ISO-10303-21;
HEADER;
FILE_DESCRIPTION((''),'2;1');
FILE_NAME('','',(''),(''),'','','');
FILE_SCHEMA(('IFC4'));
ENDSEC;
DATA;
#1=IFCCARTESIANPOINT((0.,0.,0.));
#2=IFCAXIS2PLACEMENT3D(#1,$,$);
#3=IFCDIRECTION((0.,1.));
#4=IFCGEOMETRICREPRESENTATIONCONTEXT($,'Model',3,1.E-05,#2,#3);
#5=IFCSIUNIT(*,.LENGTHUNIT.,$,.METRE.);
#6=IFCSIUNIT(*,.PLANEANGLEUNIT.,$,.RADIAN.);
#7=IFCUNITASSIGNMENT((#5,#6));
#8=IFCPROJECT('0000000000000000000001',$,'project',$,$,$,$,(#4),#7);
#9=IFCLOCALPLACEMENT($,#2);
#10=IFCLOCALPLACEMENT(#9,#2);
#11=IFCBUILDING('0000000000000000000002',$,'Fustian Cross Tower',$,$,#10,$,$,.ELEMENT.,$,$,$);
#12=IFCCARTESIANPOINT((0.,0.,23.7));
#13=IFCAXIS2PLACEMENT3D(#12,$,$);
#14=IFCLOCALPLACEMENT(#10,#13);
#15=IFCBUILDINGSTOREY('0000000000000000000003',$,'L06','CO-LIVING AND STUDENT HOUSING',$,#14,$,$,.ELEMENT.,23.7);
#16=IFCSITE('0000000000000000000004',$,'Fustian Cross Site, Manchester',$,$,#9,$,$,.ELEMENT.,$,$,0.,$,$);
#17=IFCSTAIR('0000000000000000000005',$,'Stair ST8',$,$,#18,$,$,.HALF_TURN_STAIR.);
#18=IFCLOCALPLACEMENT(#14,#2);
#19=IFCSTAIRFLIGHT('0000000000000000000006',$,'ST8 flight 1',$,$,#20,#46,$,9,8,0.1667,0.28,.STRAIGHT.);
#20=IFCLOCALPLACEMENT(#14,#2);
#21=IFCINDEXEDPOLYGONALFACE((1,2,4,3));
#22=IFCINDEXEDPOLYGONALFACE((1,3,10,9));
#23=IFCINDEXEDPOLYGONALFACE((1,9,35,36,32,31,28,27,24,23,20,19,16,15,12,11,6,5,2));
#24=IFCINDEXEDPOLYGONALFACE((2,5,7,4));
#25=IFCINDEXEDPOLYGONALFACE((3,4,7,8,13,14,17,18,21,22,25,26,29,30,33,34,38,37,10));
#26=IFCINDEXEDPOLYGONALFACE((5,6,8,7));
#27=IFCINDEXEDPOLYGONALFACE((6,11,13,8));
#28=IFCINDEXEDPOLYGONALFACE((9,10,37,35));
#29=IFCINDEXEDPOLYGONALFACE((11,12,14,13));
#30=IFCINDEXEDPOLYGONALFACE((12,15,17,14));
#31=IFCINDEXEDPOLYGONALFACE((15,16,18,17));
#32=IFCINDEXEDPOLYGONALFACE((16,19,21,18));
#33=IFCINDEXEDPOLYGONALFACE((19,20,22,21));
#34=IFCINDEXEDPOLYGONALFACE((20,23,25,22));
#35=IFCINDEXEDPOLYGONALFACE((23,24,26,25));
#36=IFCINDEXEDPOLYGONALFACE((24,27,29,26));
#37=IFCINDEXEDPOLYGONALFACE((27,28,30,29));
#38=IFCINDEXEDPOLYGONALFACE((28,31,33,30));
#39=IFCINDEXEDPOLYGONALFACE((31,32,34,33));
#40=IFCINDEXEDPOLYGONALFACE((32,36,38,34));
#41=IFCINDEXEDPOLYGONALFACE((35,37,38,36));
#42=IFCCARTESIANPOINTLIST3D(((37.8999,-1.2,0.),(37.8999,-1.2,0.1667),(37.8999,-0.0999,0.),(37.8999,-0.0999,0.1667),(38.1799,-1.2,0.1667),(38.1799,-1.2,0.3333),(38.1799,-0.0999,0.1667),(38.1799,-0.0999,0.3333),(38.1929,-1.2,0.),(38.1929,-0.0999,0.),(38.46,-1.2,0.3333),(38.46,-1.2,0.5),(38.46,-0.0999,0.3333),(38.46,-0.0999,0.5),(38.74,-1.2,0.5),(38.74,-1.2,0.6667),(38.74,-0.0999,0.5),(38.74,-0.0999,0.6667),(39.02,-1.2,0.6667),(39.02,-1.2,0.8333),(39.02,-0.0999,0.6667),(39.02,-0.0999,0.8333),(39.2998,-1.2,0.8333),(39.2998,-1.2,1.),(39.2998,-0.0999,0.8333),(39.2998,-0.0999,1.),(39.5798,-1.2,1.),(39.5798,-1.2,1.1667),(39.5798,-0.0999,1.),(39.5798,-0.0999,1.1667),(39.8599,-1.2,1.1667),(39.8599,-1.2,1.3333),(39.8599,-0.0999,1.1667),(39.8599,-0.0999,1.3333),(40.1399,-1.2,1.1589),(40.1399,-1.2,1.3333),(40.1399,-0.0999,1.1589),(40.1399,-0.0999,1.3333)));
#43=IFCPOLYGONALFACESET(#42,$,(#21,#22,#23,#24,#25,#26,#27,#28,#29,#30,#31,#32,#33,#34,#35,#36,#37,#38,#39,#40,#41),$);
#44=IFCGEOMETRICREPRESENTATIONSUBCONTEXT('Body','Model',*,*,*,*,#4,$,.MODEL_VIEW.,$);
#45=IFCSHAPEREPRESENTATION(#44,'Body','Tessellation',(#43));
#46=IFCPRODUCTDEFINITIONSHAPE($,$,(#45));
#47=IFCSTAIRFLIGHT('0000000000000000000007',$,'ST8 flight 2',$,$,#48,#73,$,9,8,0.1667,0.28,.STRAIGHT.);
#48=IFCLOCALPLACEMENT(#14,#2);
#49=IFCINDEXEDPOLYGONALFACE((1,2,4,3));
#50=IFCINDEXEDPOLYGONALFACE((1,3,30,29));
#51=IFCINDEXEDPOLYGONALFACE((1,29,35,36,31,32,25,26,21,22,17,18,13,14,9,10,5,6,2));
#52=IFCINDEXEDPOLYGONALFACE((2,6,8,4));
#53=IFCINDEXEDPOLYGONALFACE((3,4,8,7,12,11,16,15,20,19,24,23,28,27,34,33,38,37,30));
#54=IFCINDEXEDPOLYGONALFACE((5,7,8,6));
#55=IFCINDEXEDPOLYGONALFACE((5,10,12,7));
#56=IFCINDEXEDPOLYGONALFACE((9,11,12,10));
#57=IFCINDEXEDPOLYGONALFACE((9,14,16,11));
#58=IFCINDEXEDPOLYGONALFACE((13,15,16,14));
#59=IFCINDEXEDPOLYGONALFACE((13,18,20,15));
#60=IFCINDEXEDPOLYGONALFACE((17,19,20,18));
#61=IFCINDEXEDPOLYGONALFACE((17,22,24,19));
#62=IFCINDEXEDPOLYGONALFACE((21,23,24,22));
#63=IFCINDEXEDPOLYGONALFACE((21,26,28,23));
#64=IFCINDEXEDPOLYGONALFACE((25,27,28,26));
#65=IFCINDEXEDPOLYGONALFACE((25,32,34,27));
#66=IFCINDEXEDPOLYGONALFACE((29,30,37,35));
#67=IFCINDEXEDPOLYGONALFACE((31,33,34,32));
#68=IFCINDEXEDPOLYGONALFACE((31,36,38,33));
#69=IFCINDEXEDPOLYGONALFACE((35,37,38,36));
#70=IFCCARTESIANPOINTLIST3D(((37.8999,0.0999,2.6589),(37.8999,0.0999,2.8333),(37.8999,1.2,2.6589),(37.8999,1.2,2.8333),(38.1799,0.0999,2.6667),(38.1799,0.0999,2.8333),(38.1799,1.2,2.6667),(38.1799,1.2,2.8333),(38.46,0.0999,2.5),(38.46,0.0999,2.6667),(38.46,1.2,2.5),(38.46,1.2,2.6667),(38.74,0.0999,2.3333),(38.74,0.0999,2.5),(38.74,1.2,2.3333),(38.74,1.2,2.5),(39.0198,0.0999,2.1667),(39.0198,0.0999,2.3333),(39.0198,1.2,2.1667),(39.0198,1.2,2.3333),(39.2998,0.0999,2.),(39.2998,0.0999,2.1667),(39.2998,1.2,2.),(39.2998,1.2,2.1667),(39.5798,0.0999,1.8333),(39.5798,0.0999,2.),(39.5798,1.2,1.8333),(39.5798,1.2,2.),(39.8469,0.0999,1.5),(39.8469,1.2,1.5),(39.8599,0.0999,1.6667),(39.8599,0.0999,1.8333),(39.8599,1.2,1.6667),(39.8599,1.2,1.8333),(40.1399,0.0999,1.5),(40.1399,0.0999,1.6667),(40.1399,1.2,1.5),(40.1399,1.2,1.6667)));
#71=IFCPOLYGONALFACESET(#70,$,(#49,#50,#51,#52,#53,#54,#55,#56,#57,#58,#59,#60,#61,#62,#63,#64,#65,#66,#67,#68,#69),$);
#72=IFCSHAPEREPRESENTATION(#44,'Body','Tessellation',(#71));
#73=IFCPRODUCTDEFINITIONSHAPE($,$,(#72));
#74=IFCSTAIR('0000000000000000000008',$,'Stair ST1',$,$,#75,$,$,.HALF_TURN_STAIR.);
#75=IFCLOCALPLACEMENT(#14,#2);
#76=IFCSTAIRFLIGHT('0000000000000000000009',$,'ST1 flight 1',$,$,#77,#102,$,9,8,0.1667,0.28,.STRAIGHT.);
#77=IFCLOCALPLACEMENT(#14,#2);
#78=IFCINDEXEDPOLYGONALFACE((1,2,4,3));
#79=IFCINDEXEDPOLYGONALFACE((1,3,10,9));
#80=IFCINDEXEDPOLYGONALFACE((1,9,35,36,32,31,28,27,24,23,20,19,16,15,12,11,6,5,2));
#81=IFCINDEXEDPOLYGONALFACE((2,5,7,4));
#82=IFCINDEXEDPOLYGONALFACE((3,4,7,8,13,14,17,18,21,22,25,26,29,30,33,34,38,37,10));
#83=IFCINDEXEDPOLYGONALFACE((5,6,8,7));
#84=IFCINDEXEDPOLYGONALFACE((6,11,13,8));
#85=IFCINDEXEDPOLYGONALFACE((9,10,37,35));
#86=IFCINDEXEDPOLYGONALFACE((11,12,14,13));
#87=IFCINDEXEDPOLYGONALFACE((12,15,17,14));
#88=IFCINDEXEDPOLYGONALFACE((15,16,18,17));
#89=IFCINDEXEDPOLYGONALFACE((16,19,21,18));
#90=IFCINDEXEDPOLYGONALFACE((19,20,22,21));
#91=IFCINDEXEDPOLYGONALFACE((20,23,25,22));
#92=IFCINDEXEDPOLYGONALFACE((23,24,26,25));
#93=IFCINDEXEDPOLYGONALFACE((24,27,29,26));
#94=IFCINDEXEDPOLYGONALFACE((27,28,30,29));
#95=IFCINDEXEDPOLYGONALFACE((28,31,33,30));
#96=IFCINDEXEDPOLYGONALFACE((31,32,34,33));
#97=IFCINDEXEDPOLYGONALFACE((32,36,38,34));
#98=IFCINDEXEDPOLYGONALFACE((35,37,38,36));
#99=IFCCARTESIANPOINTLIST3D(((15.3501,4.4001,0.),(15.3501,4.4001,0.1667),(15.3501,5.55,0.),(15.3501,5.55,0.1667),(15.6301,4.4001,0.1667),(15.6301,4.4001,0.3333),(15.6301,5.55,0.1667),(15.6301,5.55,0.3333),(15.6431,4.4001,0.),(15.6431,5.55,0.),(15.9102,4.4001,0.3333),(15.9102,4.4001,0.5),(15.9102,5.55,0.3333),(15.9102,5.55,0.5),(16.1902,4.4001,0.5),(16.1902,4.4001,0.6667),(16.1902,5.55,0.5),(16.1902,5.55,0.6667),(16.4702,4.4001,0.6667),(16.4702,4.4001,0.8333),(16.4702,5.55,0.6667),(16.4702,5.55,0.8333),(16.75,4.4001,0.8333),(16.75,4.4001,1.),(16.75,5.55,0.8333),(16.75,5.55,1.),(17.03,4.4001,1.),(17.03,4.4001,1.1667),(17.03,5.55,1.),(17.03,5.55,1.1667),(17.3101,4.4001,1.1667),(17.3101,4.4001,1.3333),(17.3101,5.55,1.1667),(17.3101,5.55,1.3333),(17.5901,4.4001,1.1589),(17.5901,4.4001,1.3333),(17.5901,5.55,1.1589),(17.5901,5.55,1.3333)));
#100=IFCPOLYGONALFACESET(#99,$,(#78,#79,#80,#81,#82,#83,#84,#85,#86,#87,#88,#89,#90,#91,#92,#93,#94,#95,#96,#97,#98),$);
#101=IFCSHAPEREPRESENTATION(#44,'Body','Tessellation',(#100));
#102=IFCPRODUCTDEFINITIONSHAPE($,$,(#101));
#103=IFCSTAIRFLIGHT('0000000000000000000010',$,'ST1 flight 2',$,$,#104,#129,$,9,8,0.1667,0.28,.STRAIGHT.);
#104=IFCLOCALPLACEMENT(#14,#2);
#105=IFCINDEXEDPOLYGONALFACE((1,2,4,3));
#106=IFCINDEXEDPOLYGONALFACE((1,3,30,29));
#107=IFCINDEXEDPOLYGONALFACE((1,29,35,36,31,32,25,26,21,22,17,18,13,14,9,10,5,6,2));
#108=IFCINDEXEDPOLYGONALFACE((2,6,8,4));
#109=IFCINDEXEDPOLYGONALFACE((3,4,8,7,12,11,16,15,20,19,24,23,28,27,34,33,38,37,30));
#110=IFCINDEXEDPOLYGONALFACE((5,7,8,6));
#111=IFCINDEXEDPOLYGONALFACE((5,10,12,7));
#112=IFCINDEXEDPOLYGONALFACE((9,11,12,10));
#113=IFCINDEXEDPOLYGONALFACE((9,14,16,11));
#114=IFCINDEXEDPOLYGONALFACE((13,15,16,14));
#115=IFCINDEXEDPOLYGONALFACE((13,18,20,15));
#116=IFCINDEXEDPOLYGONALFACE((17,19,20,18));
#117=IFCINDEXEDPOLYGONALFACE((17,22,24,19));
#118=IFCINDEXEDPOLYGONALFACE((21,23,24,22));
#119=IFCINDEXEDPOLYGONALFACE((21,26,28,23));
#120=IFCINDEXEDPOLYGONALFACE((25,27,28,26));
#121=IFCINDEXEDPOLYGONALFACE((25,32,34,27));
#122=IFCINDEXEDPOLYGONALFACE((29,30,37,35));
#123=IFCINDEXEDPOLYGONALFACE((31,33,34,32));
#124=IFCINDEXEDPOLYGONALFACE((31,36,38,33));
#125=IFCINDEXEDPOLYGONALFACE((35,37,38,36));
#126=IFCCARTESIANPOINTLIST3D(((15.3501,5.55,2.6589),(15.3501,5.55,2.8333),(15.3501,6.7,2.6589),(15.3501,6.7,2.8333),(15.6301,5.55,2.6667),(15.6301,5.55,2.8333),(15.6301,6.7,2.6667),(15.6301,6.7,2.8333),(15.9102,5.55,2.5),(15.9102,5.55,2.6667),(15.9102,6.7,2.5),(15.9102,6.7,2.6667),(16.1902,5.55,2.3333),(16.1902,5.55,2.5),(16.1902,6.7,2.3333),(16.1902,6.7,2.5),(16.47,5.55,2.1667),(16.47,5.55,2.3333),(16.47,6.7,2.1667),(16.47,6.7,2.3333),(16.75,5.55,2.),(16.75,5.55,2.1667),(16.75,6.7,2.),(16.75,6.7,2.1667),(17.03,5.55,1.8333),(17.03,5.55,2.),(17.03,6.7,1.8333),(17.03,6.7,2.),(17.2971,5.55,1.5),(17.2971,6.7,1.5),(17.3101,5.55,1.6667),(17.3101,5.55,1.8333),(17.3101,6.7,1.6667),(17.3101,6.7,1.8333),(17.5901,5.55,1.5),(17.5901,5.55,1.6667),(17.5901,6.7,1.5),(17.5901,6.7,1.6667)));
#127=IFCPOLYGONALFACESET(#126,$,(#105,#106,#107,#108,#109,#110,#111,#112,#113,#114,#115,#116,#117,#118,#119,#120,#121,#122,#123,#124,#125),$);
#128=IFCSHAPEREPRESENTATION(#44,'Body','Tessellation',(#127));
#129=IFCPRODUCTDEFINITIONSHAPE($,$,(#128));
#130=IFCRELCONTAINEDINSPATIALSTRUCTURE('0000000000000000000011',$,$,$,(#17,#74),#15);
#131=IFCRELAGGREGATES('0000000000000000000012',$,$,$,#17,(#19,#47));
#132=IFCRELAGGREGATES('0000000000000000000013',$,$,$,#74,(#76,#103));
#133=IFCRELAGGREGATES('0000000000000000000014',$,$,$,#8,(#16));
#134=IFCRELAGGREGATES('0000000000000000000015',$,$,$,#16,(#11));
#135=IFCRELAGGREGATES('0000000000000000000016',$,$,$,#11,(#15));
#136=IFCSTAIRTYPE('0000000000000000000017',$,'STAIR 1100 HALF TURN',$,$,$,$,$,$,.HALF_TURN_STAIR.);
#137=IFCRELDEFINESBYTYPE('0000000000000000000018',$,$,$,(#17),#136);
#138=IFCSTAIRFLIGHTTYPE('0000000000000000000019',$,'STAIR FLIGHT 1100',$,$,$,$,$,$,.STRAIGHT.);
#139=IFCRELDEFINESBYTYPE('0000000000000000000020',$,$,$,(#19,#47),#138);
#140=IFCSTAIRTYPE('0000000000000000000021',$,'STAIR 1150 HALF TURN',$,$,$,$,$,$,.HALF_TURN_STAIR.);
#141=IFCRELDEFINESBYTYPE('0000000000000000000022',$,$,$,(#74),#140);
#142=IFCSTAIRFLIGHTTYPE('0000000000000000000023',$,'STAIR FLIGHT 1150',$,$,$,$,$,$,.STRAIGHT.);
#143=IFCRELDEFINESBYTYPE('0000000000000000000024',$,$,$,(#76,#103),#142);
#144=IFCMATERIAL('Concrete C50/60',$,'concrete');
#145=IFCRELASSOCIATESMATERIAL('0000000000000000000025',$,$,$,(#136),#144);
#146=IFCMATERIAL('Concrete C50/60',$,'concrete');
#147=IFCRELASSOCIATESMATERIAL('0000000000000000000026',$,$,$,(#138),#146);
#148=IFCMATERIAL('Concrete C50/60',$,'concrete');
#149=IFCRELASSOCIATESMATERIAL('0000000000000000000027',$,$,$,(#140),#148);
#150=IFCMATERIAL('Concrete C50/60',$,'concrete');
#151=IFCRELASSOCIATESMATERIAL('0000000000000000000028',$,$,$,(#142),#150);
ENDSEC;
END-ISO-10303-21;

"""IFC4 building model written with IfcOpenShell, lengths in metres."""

from ifc_helpers import new_model, si_unit, direction, frame, origin, place, context, subcontext, project, spatial, polyline, outline, extrude, material, type_object, element, aggregate, save


model = new_model("IFC4")

# Units and contexts
model_context = context("Model", 3, precision=1e-05, world=origin(), true_north=direction((0.0, 1.0)))
body_context = subcontext(model_context, "Body", "Model", "MODEL_VIEW")
ifc_project = project(units=[si_unit("LENGTHUNIT", "METRE"), si_unit("PLANEANGLEUNIT", "RADIAN")], contexts=[model_context])

# Site, building, storey
site_placement = place(None, origin())
site = spatial("IfcSite", under=ifc_project, at=site_placement, Name="Fustian Cross Site, Manchester", CompositionType="ELEMENT", RefElevation=0.0)
building_placement = place(site_placement, origin())
building = spatial("IfcBuilding", under=site, at=building_placement, Name="Fustian Cross Tower", CompositionType="ELEMENT")
storey_placement = place(building_placement, frame((0.0, 0.0, 23.7)))
storey = spatial("IfcBuildingStorey", under=building, at=storey_placement, Name="L06", Description="CO-LIVING AND STUDENT HOUSING", CompositionType="ELEMENT", Elevation=23.7)

# Stairs, stair flights
ifc_material_1 = material(Name="Concrete C50/60", Category="concrete")
stair_type_1 = type_object("IfcStairType", Name="STAIR 1100 HALF TURN", PredefinedType="HALF_TURN_STAIR", material=ifc_material_1)
stair_1_placement = place(storey_placement, origin())
stair_1 = element("IfcStair", 1, at=stair_1_placement, inside=storey, type_object=stair_type_1, Name="Stair ST8", PredefinedType="HALF_TURN_STAIR")
ifc_material_2 = material(Name="Concrete C50/60", Category="concrete")
stair_flight_type_1 = type_object("IfcStairFlightType", Name="STAIR FLIGHT 1100", PredefinedType="STRAIGHT", material=ifc_material_2)
stair_flight_1_placement = place(storey_placement, frame((37.8999, -0.6499, 0.0), z_axis=(0.0, 0.0, 1.0), x_axis=(1.0, 0.0, 0.0)))
stair_flight_1 = element("IfcStairFlight", 2, at=stair_flight_1_placement, type_object=stair_flight_type_1, Name="ST8 flight 1", NumberOfRisers=9, NumberOfTreads=8, PredefinedType="STRAIGHT", RiserHeight=0.1667, TreadLength=0.28, context=body_context, shape_type="SweptSolid", body=[
    extrude(outline(polyline([(0.0, 0.0), (0.0, 0.1667), (0.28, 0.1667), (0.28, 0.3333), (0.5601, 0.3333), (0.5601, 0.5), (0.8401, 0.5), (0.8401, 0.6667), (1.1201, 0.6667), (1.1201, 0.8333), (1.3999, 0.8333), (1.3999, 1.0), (1.6799, 1.0), (1.6799, 1.1667), (1.96, 1.1667), (1.96, 1.3333), (2.24, 1.3333), (2.24, 1.5), (2.24, 1.1589), (0.293, 0.0), (0.0, 0.0)])), frame((0.0, 0.55, 0.0), z_axis=(0.0, -1.0, 0.0), x_axis=(1.0, 0.0, 0.0)), (0.0, 0.0, 1.0), 1.1001),
])
stair_flight_2_placement = place(storey_placement, frame((40.1399, 0.6499, 1.5), z_axis=(0.0, 0.0, 1.0), x_axis=(-1.0, 0.0, 0.0)))
stair_flight_2 = element("IfcStairFlight", 3, at=stair_flight_2_placement, type_object=stair_flight_type_1, Name="ST8 flight 2", NumberOfRisers=9, NumberOfTreads=8, PredefinedType="STRAIGHT", RiserHeight=0.1667, TreadLength=0.28, context=body_context, shape_type="SweptSolid", body=[
    extrude(outline(polyline([(0.0, 0.0), (0.0, 0.1667), (0.28, 0.1667), (0.28, 0.3333), (0.5601, 0.3333), (0.5601, 0.5), (0.8401, 0.5), (0.8401, 0.6667), (1.1201, 0.6667), (1.1201, 0.8333), (1.3999, 0.8333), (1.3999, 1.0), (1.6799, 1.0), (1.6799, 1.1667), (1.96, 1.1667), (1.96, 1.3333), (2.24, 1.3333), (2.24, 1.5), (2.24, 1.1589), (0.293, 0.0), (0.0, 0.0)])), frame((0.0, 0.55, 0.0), z_axis=(0.0, -1.0, 0.0), x_axis=(1.0, 0.0, 0.0)), (0.0, 0.0, 1.0), 1.1001),
])
aggregate(stair_1, [stair_flight_1, stair_flight_2])
ifc_material_3 = material(Name="Concrete C50/60", Category="concrete")
stair_type_2 = type_object("IfcStairType", Name="STAIR 1150 HALF TURN", PredefinedType="HALF_TURN_STAIR", material=ifc_material_3)
stair_2_placement = place(storey_placement, origin())
stair_2 = element("IfcStair", 4, at=stair_2_placement, inside=storey, type_object=stair_type_2, Name="Stair ST1", PredefinedType="HALF_TURN_STAIR")
ifc_material_4 = material(Name="Concrete C50/60", Category="concrete")
stair_flight_type_2 = type_object("IfcStairFlightType", Name="STAIR FLIGHT 1150", PredefinedType="STRAIGHT", material=ifc_material_4)
stair_flight_3_placement = place(storey_placement, frame((15.3501, 4.9751, 0.0), z_axis=(0.0, 0.0, 1.0), x_axis=(1.0, 0.0, 0.0)))
stair_flight_3 = element("IfcStairFlight", 5, at=stair_flight_3_placement, type_object=stair_flight_type_2, Name="ST1 flight 1", NumberOfRisers=9, NumberOfTreads=8, PredefinedType="STRAIGHT", RiserHeight=0.1667, TreadLength=0.28, context=body_context, shape_type="SweptSolid", body=[
    extrude(outline(polyline([(0.0, 0.0), (0.0, 0.1667), (0.28, 0.1667), (0.28, 0.3333), (0.5601, 0.3333), (0.5601, 0.5), (0.8401, 0.5), (0.8401, 0.6667), (1.1201, 0.6667), (1.1201, 0.8333), (1.3999, 0.8333), (1.3999, 1.0), (1.6799, 1.0), (1.6799, 1.1667), (1.96, 1.1667), (1.96, 1.3333), (2.24, 1.3333), (2.24, 1.5), (2.24, 1.1589), (0.293, 0.0), (0.0, 0.0)])), frame((0.0, 0.575, 0.0), z_axis=(0.0, -1.0, 0.0), x_axis=(1.0, 0.0, 0.0)), (0.0, 0.0, 1.0), 1.1499),
])
stair_flight_4_placement = place(storey_placement, frame((17.5901, 6.125, 1.5), z_axis=(0.0, 0.0, 1.0), x_axis=(-1.0, 0.0, 0.0)))
stair_flight_4 = element("IfcStairFlight", 6, at=stair_flight_4_placement, type_object=stair_flight_type_2, Name="ST1 flight 2", NumberOfRisers=9, NumberOfTreads=8, PredefinedType="STRAIGHT", RiserHeight=0.1667, TreadLength=0.28, context=body_context, shape_type="SweptSolid", body=[
    extrude(outline(polyline([(0.0, 0.0), (0.0, 0.1667), (0.28, 0.1667), (0.28, 0.3333), (0.5601, 0.3333), (0.5601, 0.5), (0.8401, 0.5), (0.8401, 0.6667), (1.1201, 0.6667), (1.1201, 0.8333), (1.3999, 0.8333), (1.3999, 1.0), (1.6799, 1.0), (1.6799, 1.1667), (1.96, 1.1667), (1.96, 1.3333), (2.24, 1.3333), (2.24, 1.5), (2.24, 1.1589), (0.293, 0.0), (0.0, 0.0)])), frame((0.0, 0.575, 0.0), z_axis=(0.0, -1.0, 0.0), x_axis=(1.0, 0.0, 0.0)), (0.0, 0.0, 1.0), 1.1499),
])
aggregate(stair_2, [stair_flight_3, stair_flight_4])

save(model, "model.ifc")
